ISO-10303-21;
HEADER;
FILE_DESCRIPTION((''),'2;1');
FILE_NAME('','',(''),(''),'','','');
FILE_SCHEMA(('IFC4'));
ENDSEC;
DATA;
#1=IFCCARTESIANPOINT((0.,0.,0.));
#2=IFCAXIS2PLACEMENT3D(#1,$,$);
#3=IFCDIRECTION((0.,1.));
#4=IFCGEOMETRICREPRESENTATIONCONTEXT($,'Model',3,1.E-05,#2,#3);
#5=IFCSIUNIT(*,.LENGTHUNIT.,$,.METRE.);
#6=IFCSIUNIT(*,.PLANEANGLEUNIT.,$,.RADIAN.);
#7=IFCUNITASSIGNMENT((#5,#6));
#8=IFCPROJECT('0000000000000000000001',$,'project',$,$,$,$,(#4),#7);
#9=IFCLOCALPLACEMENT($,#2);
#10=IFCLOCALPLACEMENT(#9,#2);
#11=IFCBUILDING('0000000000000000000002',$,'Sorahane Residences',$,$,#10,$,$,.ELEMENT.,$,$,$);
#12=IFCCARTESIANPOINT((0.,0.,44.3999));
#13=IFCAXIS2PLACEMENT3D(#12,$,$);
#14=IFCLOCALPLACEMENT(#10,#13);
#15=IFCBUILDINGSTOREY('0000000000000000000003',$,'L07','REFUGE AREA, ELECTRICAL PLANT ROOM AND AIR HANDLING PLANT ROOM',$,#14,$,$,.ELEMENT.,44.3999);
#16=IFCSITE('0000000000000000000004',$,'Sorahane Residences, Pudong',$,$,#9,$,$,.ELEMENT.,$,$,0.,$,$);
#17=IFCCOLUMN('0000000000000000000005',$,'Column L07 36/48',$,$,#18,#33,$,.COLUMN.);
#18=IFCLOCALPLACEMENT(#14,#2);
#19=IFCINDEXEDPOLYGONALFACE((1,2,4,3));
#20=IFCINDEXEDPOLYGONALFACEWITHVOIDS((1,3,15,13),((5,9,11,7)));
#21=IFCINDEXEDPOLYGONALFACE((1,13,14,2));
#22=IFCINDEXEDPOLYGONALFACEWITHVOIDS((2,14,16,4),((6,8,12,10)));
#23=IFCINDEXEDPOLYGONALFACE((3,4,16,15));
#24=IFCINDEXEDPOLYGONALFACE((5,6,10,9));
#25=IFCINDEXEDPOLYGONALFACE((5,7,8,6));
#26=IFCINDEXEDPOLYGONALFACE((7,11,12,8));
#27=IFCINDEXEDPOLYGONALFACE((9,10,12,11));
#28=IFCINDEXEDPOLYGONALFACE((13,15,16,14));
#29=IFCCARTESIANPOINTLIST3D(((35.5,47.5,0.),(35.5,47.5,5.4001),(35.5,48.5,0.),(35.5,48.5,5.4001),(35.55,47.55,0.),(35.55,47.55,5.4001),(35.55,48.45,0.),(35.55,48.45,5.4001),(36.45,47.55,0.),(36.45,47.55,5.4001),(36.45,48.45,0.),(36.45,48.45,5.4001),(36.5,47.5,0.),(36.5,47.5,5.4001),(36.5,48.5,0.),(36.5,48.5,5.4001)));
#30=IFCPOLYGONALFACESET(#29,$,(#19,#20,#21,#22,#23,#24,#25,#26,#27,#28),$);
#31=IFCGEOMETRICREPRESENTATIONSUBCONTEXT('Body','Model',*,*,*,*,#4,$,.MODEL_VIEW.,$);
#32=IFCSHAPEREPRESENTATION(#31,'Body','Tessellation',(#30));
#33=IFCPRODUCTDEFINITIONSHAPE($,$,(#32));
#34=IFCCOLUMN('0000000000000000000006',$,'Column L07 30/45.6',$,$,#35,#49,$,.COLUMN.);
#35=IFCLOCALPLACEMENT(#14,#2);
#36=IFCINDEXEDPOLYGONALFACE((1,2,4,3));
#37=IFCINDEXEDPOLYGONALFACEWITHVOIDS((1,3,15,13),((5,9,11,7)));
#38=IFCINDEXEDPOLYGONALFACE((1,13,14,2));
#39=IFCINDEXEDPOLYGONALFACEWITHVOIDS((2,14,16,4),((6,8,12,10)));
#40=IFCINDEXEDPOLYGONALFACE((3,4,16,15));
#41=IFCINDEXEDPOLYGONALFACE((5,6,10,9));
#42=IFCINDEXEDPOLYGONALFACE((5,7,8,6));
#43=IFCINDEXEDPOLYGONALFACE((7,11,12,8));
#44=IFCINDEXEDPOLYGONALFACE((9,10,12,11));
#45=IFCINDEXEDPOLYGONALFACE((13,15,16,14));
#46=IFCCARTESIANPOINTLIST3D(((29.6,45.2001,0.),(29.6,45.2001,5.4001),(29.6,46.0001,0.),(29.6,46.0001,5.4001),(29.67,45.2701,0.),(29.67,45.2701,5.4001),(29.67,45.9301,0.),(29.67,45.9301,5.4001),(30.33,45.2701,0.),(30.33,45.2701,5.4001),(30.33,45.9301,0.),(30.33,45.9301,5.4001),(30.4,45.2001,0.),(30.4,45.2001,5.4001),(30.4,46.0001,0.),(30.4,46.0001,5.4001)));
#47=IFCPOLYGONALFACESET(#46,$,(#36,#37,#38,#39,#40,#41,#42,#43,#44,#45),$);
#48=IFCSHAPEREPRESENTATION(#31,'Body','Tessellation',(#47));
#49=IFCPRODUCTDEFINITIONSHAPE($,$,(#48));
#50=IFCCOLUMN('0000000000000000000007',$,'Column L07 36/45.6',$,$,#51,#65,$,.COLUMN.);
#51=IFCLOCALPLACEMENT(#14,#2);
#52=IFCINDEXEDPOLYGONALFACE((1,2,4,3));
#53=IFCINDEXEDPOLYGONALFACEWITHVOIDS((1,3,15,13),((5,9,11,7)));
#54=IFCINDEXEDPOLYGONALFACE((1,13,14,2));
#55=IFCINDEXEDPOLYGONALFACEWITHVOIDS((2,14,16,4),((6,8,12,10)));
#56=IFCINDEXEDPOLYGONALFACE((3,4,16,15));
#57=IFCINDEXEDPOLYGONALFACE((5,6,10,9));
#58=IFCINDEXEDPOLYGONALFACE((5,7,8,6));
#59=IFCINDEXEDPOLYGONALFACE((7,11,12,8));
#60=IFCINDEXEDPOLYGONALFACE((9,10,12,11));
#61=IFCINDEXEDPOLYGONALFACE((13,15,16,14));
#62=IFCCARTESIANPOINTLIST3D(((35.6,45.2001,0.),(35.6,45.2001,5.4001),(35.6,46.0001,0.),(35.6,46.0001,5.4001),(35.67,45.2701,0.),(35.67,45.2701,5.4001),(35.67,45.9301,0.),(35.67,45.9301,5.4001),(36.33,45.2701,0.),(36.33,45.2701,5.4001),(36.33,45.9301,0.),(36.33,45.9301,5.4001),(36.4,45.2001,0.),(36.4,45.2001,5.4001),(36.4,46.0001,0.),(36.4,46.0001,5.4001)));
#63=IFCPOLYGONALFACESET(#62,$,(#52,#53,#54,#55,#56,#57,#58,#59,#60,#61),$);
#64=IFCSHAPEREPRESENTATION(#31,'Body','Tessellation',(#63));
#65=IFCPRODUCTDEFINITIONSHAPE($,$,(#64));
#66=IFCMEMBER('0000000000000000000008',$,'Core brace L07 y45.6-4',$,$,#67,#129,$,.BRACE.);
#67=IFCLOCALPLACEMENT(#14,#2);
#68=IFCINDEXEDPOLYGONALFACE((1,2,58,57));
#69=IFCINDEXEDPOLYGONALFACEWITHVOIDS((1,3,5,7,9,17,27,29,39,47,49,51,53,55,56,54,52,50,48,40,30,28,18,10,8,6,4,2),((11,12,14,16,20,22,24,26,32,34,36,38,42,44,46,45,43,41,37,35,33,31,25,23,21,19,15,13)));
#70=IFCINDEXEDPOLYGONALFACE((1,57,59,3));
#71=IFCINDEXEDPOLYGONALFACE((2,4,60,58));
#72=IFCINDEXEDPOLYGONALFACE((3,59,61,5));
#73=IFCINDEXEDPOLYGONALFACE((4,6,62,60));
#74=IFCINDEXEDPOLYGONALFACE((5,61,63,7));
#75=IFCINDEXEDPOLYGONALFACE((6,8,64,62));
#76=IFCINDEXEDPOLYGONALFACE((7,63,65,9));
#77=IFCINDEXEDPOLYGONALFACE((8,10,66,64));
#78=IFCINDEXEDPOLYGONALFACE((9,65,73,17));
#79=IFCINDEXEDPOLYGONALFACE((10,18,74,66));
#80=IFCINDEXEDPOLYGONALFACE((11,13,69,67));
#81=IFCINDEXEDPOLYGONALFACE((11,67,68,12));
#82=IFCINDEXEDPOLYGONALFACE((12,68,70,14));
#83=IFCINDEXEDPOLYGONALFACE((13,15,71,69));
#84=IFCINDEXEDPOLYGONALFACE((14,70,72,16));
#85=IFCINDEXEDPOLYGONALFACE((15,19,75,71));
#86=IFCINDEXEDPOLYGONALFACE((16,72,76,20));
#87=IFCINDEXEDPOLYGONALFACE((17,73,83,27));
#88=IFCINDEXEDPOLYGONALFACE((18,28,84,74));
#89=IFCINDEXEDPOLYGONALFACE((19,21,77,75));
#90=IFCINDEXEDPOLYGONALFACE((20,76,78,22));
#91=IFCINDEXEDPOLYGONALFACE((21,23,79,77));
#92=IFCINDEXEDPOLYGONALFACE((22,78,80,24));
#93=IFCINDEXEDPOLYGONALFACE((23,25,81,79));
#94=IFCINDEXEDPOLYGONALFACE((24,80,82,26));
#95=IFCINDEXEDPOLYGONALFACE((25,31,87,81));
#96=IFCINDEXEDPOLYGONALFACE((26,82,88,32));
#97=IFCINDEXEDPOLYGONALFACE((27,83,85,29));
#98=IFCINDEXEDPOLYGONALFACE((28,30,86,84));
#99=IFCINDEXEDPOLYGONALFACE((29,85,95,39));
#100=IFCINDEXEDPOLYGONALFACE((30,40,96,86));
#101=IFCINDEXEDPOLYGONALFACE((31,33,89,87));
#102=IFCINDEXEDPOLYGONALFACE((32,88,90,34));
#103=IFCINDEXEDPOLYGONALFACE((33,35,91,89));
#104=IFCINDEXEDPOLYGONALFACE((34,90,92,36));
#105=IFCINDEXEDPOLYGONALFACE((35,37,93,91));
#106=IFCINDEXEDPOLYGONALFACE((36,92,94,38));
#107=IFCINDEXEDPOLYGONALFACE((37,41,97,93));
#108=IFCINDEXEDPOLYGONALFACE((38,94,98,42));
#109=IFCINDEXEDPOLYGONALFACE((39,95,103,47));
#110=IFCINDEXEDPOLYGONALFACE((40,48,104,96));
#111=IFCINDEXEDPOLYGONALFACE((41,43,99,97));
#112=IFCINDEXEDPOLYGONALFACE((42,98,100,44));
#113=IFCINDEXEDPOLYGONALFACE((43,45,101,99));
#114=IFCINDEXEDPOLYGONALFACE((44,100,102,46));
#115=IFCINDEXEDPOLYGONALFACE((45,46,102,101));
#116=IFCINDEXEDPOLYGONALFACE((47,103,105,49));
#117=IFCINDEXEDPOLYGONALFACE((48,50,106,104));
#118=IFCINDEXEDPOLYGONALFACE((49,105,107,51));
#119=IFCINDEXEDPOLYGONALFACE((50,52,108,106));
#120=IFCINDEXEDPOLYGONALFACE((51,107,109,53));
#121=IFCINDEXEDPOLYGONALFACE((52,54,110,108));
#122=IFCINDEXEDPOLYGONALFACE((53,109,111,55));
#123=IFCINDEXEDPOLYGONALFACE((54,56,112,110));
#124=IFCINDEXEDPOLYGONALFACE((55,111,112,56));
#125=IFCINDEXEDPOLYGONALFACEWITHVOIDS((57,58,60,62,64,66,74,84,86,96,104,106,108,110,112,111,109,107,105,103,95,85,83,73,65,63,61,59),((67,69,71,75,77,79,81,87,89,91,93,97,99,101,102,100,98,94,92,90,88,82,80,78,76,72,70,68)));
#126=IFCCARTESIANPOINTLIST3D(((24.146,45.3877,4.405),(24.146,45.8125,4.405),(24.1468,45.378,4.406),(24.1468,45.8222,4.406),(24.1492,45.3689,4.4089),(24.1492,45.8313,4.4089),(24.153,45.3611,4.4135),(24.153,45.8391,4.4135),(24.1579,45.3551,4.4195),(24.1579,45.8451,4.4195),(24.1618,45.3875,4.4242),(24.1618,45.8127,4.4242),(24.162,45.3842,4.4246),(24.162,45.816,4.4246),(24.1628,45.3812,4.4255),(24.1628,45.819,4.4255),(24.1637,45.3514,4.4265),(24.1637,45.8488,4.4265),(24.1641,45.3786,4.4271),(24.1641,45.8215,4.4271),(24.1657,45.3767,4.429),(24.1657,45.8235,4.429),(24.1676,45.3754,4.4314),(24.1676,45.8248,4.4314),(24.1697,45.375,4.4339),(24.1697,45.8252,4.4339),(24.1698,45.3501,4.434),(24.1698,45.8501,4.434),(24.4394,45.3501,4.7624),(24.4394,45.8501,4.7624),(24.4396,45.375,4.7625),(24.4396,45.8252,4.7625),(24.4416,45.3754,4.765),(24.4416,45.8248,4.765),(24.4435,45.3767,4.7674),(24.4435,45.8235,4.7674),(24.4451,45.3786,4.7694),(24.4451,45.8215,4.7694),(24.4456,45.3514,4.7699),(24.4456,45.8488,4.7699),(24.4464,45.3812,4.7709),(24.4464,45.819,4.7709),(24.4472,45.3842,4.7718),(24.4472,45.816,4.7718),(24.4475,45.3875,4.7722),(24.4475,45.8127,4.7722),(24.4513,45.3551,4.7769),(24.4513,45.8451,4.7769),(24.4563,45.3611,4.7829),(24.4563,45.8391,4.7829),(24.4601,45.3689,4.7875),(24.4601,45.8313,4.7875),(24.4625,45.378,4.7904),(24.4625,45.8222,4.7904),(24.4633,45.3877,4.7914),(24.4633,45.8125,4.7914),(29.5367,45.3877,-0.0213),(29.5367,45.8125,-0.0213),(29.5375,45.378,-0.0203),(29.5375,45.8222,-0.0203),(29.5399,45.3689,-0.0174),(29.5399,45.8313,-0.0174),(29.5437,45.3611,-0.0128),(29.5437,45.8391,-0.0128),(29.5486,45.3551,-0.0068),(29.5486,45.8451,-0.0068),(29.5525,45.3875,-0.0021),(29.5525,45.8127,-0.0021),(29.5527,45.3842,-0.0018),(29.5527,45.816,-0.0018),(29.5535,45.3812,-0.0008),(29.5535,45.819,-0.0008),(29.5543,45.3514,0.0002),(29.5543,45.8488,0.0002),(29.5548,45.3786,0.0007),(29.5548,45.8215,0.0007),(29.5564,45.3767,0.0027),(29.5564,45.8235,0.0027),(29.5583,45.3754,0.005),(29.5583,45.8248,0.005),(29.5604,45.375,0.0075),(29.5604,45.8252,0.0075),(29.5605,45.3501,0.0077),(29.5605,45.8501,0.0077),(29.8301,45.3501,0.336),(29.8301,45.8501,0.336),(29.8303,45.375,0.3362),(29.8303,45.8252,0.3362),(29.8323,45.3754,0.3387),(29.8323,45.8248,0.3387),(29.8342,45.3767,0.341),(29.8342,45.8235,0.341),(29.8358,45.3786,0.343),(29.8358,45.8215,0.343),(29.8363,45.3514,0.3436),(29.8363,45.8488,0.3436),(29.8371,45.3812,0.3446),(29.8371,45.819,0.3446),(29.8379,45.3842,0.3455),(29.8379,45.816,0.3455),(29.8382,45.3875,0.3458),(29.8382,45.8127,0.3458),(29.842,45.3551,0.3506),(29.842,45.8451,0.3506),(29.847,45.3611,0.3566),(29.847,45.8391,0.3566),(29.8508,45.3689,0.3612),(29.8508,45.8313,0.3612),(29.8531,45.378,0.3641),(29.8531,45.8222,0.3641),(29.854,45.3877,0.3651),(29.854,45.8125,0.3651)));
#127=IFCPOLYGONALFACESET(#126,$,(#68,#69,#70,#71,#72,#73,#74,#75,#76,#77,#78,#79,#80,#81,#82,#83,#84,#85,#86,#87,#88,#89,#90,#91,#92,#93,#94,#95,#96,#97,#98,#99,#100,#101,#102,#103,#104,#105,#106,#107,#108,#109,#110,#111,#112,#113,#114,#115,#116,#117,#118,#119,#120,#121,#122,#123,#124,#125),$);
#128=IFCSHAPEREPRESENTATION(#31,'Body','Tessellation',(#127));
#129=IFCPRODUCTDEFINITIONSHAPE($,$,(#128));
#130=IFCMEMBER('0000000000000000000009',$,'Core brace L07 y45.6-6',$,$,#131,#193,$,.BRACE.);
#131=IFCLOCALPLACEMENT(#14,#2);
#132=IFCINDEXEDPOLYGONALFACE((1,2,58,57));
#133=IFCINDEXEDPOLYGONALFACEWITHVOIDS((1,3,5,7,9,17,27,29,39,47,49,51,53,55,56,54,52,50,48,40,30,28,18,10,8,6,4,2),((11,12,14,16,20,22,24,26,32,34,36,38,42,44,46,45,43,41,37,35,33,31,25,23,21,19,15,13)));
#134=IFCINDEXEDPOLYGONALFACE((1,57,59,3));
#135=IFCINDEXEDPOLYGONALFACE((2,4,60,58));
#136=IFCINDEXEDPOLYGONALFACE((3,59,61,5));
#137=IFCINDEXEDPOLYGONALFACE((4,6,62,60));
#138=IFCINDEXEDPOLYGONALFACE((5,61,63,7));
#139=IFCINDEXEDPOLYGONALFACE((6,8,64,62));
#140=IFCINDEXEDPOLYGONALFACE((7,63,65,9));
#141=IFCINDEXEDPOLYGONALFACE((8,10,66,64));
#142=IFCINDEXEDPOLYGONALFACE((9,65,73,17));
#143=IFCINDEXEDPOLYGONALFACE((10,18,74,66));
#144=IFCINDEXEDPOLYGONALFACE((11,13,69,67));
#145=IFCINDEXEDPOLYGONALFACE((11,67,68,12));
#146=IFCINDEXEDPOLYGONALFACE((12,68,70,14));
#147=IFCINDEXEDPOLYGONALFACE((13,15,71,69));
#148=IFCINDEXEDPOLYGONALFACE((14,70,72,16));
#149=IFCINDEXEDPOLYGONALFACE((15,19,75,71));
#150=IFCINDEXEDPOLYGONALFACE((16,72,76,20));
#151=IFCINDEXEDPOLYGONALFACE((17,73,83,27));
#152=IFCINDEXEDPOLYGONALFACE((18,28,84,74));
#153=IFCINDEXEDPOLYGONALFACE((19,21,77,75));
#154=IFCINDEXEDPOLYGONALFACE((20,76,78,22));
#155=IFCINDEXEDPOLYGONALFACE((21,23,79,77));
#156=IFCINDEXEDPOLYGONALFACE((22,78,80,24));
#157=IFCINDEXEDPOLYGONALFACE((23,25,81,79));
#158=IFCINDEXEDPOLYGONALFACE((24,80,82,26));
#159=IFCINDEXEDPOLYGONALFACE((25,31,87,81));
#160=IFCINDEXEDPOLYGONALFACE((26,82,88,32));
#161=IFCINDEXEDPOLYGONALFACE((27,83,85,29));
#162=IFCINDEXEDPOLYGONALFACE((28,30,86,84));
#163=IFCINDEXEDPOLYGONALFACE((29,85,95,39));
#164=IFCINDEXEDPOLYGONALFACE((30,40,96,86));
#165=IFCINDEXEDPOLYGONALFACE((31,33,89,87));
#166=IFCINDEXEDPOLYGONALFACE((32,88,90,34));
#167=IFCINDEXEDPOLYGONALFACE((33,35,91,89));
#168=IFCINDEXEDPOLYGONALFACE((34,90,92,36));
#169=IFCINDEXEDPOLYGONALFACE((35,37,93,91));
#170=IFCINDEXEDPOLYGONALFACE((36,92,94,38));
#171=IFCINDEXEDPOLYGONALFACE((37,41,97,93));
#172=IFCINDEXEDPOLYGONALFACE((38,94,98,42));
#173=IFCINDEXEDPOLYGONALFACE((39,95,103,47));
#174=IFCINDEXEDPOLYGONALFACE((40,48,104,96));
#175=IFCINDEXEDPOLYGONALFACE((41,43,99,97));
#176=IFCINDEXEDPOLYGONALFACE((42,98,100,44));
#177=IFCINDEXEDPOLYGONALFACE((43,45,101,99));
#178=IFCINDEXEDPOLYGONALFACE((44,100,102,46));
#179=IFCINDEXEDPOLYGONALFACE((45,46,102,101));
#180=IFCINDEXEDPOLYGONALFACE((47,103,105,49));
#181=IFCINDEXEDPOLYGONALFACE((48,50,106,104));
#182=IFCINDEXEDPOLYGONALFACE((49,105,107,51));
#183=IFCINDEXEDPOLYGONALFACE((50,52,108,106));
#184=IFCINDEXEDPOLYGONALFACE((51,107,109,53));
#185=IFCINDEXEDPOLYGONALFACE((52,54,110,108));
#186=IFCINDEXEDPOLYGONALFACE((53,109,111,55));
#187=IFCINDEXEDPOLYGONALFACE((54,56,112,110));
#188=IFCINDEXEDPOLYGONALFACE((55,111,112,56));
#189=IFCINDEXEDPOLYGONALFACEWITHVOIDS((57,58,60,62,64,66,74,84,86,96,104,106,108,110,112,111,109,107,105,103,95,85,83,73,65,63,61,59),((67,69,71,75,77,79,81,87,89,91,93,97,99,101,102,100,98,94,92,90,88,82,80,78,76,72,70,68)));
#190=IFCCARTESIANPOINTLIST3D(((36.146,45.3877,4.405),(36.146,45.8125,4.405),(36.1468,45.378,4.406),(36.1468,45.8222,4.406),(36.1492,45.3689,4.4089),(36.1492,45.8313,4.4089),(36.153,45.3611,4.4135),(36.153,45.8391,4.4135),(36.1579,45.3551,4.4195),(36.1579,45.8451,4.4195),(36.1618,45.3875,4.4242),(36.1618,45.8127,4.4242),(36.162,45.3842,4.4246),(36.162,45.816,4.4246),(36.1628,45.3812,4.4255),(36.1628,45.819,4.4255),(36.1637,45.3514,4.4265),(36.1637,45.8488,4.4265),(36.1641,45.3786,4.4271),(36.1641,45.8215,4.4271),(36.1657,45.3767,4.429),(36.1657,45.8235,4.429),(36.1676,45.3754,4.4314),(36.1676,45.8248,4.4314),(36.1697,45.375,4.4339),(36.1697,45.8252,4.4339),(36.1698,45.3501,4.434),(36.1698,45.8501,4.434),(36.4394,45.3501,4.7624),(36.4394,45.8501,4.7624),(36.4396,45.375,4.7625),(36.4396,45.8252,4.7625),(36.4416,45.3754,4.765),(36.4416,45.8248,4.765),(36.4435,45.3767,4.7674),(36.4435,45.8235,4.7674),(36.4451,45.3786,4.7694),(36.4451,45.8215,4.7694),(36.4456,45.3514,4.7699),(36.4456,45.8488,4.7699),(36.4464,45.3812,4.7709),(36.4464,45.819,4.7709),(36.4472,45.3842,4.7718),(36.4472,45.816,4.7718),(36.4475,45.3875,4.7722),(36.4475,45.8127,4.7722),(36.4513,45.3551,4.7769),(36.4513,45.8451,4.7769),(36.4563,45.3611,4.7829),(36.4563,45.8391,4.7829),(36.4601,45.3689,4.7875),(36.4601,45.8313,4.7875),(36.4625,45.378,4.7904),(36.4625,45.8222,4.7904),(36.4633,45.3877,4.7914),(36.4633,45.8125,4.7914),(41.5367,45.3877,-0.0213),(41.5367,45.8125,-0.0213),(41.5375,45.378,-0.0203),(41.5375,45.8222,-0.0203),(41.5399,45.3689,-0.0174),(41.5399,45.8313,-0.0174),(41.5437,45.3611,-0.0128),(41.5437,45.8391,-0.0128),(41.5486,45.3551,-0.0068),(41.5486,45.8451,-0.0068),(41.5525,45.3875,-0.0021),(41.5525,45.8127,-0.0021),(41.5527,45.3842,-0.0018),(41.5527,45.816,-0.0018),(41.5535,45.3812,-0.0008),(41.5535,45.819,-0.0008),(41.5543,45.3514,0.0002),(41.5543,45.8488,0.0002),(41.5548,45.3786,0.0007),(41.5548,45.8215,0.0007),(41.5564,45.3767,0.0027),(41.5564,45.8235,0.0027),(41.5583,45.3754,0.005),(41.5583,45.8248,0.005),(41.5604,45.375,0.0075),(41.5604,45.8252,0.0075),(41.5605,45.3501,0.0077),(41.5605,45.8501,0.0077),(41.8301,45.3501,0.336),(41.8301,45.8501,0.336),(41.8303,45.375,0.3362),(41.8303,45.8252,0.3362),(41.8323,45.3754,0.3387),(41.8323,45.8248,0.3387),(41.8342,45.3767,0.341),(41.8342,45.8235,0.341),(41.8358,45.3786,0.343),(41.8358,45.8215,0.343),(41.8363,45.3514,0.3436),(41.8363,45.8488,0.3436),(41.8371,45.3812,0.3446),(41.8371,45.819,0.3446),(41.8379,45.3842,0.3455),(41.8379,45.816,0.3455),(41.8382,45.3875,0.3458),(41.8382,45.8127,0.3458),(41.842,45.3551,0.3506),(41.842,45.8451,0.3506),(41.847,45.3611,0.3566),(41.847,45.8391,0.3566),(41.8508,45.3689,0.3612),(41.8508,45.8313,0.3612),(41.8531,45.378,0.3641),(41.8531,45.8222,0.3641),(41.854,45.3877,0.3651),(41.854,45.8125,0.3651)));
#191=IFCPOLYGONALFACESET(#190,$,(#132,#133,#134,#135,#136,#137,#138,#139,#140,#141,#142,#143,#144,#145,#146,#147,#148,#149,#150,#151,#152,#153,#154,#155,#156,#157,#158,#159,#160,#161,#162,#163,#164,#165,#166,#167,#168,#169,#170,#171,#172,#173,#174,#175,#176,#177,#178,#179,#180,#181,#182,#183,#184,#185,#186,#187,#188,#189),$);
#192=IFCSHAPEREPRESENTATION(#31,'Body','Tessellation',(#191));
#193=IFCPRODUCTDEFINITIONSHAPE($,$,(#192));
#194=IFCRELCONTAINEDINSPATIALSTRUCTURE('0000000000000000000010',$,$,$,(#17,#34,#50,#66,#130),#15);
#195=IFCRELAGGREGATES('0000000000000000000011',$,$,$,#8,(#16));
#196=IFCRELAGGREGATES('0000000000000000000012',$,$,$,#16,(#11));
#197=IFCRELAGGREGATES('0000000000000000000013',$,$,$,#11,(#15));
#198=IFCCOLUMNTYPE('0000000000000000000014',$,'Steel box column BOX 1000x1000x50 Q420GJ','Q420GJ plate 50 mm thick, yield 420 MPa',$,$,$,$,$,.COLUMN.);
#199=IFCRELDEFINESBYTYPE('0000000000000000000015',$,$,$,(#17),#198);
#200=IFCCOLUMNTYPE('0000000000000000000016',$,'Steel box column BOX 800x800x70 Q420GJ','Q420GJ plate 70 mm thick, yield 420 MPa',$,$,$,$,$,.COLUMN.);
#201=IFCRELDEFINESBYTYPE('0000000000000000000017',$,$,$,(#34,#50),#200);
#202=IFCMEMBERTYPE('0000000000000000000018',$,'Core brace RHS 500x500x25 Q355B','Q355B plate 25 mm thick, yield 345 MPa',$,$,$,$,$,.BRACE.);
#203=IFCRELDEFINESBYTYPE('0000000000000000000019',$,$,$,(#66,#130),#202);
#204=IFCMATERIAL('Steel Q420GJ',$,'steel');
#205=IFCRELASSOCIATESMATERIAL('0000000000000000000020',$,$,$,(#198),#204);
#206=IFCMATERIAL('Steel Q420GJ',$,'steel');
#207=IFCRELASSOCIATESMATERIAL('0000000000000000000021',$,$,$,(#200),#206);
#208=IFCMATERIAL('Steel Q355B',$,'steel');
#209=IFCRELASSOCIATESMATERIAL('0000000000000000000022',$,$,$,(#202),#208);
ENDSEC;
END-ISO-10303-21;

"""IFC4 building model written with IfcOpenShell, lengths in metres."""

from ifc_helpers import new_model, si_unit, direction, frame, origin, origin_2d, place, context, subcontext, project, spatial, hollow_rectangle, extrude, material, material_profile, profile_set, type_object, element, save


model = new_model("IFC4")

# Units and contexts
model_context = context("Model", 3, precision=1e-05, world=origin(), true_north=direction((0.0, 1.0)))
body_context = subcontext(model_context, "Body", "Model", "MODEL_VIEW")
ifc_project = project(units=[si_unit("LENGTHUNIT", "METRE"), si_unit("PLANEANGLEUNIT", "RADIAN")], contexts=[model_context])

# Site, building, storey
site_placement = place(None, origin())
site = spatial("IfcSite", under=ifc_project, at=site_placement, Name="Sorahane Residences, Pudong", CompositionType="ELEMENT", RefElevation=0.0)
building_placement = place(site_placement, origin())
building = spatial("IfcBuilding", under=site, at=building_placement, Name="Sorahane Residences", CompositionType="ELEMENT")
storey_placement = place(building_placement, frame((0.0, 0.0, 44.3999)))
storey = spatial("IfcBuildingStorey", under=building, at=storey_placement, Name="L07", Description="REFUGE AREA, ELECTRICAL PLANT ROOM AND AIR HANDLING PLANT ROOM", CompositionType="ELEMENT", Elevation=44.3999)

# Columns
ifc_material_1 = material(Name="Steel Q420GJ", Category="steel")
ifc_material_profile_1 = material_profile(ifc_material_1, hollow_rectangle(XDim=1.0, YDim=1.0, WallThickness=0.05, at=origin_2d()), Name="BOX 1000x1000x50")
ifc_profile_set_1 = profile_set([ifc_material_profile_1], Name="Steel Q420GJ")
column_type_1 = type_object("IfcColumnType", Name="Steel box column BOX 1000x1000x50 Q420GJ", Description="Q420GJ plate 50 mm thick, yield 420 MPa", PredefinedType="COLUMN", material=ifc_profile_set_1)
column_placement = place(storey_placement, frame((36.0, 48.0, 0.0), z_axis=(0.0, 0.0, 1.0), x_axis=(1.0, 0.0, 0.0)))
element("IfcColumn", 1, at=column_placement, inside=storey, type_object=column_type_1, Name="Column L07 36/48", PredefinedType="COLUMN", context=body_context, shape_type="SweptSolid", body=[
    extrude(hollow_rectangle(XDim=1.0, YDim=1.0, WallThickness=0.05, at=origin_2d()), origin(), (0.0, 0.0, 1.0), 5.4001),
])
ifc_material_2 = material(Name="Steel Q420GJ", Category="steel")
ifc_material_profile_2 = material_profile(ifc_material_2, hollow_rectangle(XDim=0.8, YDim=0.8, WallThickness=0.0701, at=origin_2d()), Name="BOX 800x800x70")
ifc_profile_set_2 = profile_set([ifc_material_profile_2], Name="Steel Q420GJ")
column_type_2 = type_object("IfcColumnType", Name="Steel box column BOX 800x800x70 Q420GJ", Description="Q420GJ plate 70 mm thick, yield 420 MPa", PredefinedType="COLUMN", material=ifc_profile_set_2)
for number, where, z_axis, x_axis, name in (
    (2, (30.0, 45.6001, 0.0), (0.0, 0.0, 1.0), (1.0, 0.0, 0.0), "Column L07 30/45.6"),
    (3, (36.0, 45.6001, 0.0), (0.0, 0.0, 1.0), (1.0, 0.0, 0.0), "Column L07 36/45.6"),
):
    element("IfcColumn", number, at=place(storey_placement, frame(where, z_axis=z_axis, x_axis=x_axis)), inside=storey, type_object=column_type_2, Name=name, PredefinedType="COLUMN", context=body_context, shape_type="SweptSolid", body=[
        extrude(hollow_rectangle(XDim=0.8, YDim=0.8, WallThickness=0.0701, at=origin_2d()), origin(), (0.0, 0.0, 1.0), 5.4001),
    ])

# Members
ifc_material_3 = material(Name="Steel Q355B", Category="steel")
ifc_material_profile_3 = material_profile(ifc_material_3, hollow_rectangle(XDim=0.5, YDim=0.5, WallThickness=0.0249, InnerFilletRadius=0.0125, OuterFilletRadius=0.0376, at=origin_2d()), Name="RHS 500x500x25")
ifc_profile_set_3 = profile_set([ifc_material_profile_3], Name="Steel Q355B")
member_type = type_object("IfcMemberType", Name="Core brace RHS 500x500x25 Q355B", Description="Q355B plate 25 mm thick, yield 345 MPa", PredefinedType="BRACE", material=ifc_profile_set_3)
for number, where, z_axis, x_axis, name in (
    (4, (29.6953, 45.6001, 0.1719), (-0.772849, 0.0, 0.63459), (0.0, -1.0, 0.0), "Core brace L07 y45.6-4"),
    (5, (41.6953, 45.6001, 0.1719), (-0.772849, 0.0, 0.63459), (0.0, -1.0, 0.0), "Core brace L07 y45.6-6"),
):
    element("IfcMember", number, at=place(storey_placement, frame(where, z_axis=z_axis, x_axis=x_axis)), inside=storey, type_object=member_type, Name=name, PredefinedType="BRACE", context=body_context, shape_type="SweptSolid", body=[
        extrude(hollow_rectangle(XDim=0.5, YDim=0.5, WallThickness=0.0249, InnerFilletRadius=0.0125, OuterFilletRadius=0.0376, at=origin_2d()), origin(), (0.0, 0.0, 1.0), 6.9751),
    ])

save(model, "model.ifc")
